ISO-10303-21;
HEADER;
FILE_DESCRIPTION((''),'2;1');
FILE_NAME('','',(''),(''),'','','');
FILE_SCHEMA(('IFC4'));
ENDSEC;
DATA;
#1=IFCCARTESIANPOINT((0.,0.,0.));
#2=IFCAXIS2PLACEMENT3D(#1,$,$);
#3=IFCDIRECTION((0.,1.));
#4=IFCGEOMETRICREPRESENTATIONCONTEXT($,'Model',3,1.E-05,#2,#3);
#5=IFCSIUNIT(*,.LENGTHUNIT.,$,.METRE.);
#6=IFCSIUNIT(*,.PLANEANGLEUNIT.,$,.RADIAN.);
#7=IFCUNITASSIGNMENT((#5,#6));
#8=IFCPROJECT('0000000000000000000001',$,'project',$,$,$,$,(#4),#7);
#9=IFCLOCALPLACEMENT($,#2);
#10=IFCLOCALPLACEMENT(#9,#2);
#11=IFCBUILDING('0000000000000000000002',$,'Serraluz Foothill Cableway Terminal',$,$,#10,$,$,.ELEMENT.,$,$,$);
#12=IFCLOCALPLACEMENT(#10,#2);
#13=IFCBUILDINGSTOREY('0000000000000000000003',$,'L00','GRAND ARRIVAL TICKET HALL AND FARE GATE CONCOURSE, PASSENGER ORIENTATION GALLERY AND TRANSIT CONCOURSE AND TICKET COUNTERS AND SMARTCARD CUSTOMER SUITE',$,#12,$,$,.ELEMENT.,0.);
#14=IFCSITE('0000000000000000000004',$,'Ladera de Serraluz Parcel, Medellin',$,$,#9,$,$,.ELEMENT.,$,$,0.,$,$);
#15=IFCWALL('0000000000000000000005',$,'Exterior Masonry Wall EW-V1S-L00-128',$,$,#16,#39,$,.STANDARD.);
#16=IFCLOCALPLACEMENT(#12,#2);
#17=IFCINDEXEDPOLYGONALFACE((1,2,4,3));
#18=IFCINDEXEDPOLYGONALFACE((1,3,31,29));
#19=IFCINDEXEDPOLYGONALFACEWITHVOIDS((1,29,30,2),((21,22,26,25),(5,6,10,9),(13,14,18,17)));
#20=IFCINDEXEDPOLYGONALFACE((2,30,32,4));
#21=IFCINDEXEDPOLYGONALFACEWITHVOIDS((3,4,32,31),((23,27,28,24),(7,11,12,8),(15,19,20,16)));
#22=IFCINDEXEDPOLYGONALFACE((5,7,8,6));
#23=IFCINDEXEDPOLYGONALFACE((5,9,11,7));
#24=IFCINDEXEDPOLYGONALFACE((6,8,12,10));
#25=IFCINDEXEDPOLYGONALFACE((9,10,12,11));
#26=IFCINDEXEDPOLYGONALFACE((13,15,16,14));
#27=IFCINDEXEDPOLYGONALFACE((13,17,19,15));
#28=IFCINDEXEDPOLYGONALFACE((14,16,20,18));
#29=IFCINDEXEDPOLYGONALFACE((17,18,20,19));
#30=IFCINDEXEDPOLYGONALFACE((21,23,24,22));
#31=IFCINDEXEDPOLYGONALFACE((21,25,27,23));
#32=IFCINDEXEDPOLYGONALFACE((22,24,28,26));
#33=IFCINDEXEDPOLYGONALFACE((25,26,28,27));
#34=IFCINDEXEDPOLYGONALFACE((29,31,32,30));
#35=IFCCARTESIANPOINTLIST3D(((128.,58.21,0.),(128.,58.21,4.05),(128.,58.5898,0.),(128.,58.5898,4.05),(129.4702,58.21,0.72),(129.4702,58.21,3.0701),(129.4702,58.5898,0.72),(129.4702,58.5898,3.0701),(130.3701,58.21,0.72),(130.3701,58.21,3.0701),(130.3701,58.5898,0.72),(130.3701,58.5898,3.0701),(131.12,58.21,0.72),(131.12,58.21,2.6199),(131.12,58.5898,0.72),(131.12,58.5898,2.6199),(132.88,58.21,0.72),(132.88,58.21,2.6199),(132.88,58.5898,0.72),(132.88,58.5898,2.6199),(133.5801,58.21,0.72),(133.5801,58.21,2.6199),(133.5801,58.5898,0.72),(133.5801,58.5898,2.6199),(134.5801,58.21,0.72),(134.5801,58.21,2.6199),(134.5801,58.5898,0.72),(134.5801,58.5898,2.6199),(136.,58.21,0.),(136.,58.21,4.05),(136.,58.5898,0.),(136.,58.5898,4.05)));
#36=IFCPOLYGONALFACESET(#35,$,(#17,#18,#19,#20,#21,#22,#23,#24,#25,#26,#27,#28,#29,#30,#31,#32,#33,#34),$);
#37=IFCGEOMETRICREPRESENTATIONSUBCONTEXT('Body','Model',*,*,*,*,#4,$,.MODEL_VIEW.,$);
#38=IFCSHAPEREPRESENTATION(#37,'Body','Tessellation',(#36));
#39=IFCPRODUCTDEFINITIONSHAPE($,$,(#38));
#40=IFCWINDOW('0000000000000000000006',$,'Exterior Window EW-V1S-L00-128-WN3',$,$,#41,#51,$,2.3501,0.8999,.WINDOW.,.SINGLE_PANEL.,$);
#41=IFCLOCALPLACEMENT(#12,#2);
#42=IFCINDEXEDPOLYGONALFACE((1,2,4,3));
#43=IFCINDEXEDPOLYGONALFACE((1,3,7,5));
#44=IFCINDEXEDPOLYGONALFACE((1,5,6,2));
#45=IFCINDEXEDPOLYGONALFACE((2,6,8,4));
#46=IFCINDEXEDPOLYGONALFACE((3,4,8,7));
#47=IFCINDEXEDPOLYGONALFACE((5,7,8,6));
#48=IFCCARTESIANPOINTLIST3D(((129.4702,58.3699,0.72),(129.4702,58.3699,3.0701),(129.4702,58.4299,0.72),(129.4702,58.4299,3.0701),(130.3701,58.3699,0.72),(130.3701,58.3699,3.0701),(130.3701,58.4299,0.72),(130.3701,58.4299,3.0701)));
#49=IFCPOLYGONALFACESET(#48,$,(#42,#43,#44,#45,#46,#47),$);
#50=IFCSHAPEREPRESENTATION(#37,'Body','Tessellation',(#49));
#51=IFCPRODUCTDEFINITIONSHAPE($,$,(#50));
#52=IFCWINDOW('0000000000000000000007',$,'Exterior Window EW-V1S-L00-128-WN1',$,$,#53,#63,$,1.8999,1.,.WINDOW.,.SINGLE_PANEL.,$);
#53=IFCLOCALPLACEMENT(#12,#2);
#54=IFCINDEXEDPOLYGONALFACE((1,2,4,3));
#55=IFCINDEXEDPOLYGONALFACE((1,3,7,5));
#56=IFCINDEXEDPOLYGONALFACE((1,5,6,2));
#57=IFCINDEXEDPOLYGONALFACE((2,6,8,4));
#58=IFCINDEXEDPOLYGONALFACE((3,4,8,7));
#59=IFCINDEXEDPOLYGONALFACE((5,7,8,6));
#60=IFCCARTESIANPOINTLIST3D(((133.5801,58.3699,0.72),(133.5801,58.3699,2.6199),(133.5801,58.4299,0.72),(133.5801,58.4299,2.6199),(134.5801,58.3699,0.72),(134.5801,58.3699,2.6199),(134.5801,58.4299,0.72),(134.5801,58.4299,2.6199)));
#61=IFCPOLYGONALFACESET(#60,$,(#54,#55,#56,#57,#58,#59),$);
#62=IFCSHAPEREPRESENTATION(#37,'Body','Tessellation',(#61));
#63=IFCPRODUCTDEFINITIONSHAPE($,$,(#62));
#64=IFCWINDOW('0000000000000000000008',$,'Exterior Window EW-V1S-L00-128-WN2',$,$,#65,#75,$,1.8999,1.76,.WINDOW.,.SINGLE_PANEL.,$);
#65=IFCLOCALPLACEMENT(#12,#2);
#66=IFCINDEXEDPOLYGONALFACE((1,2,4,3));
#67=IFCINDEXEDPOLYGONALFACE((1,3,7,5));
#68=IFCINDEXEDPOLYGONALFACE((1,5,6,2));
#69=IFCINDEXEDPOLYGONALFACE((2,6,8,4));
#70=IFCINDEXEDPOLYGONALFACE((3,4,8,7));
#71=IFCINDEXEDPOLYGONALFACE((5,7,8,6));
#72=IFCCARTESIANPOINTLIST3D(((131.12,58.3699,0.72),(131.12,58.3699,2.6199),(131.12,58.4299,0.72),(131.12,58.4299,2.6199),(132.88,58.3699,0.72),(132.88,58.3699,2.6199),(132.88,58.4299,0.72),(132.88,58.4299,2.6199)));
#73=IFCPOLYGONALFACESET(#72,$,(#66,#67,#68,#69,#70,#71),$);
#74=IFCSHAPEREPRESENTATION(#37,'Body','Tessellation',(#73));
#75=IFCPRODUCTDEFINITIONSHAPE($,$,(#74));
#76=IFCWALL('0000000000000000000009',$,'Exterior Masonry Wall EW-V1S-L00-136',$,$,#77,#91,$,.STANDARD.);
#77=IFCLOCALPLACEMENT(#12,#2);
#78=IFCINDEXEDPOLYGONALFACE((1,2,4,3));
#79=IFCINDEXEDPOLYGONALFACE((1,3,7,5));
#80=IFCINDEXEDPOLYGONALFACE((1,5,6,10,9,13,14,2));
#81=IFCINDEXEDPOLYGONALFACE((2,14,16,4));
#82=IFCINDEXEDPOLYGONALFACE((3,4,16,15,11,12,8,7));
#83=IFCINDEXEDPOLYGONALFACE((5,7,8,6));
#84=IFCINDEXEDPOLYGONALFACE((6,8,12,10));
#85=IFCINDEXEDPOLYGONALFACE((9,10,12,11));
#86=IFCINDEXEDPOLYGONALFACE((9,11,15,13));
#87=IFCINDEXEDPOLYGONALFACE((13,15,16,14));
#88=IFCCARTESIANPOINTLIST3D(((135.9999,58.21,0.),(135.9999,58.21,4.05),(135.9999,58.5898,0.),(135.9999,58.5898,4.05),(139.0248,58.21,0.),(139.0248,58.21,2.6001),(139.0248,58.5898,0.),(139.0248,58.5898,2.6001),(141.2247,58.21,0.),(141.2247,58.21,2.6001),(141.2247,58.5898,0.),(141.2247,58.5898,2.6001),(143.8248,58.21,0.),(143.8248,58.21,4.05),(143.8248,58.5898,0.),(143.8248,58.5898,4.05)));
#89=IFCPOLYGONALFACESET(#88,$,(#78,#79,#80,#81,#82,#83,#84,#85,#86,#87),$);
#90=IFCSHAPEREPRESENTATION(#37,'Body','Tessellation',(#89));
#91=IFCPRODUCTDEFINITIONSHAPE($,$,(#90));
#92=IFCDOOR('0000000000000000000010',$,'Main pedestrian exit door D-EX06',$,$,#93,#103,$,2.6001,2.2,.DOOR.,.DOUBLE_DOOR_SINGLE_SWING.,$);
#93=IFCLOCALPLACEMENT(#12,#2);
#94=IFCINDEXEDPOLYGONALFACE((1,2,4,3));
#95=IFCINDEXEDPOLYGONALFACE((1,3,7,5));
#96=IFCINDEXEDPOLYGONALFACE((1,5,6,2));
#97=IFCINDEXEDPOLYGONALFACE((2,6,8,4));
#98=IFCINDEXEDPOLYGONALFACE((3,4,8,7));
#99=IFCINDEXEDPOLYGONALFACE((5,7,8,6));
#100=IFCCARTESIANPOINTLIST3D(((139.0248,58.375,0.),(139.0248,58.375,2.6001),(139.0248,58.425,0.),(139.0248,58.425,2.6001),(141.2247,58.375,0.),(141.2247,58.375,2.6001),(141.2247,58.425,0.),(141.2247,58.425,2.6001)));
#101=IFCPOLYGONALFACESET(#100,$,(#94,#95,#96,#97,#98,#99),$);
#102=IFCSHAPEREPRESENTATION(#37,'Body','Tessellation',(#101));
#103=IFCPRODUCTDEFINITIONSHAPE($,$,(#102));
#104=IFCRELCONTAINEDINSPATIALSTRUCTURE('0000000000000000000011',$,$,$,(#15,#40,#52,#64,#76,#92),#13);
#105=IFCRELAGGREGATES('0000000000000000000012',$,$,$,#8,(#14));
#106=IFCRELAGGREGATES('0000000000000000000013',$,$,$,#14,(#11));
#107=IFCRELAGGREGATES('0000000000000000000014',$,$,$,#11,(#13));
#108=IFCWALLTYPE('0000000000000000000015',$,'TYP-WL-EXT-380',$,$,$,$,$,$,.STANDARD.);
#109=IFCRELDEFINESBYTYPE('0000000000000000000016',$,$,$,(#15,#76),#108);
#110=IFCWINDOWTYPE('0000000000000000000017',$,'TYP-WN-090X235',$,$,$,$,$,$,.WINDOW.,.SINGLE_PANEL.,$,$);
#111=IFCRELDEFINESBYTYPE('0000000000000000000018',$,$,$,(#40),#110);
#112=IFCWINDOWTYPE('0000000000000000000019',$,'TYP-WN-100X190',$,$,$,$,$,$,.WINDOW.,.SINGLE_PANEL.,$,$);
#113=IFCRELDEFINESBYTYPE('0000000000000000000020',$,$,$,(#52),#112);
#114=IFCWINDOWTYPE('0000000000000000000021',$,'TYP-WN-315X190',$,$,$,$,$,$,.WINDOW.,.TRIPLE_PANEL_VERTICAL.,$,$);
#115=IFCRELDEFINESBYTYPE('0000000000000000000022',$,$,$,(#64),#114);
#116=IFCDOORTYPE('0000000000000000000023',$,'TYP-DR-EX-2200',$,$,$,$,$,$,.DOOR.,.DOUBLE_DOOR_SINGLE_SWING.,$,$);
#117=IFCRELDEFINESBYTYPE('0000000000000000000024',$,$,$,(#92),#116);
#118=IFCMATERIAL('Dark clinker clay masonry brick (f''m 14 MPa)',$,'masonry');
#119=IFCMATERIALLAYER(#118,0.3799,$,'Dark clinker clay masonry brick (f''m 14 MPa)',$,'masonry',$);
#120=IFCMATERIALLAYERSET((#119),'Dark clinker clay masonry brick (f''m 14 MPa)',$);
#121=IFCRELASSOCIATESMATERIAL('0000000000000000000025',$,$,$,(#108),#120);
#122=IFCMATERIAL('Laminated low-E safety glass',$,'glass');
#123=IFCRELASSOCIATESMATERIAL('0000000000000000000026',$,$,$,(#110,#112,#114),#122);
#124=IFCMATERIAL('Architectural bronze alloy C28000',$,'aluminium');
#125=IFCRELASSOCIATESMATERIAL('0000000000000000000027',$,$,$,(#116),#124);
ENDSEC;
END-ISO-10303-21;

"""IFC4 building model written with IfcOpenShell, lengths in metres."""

from ifc_helpers import new_model, si_unit, direction, frame, frame_2d, origin, place, context, subcontext, project, spatial, rectangle, extrude, material, layer, layer_set, type_object, element, fill, save


model = new_model("IFC4")

# Units and contexts
model_context = context("Model", 3, precision=1e-05, world=origin(), true_north=direction((0.0, 1.0)))
body_context = subcontext(model_context, "Body", "Model", "MODEL_VIEW")
ifc_project = project(units=[si_unit("LENGTHUNIT", "METRE"), si_unit("PLANEANGLEUNIT", "RADIAN")], contexts=[model_context])

# Site, building, storey
site_placement = place(None, origin())
site = spatial("IfcSite", under=ifc_project, at=site_placement, Name="Ladera de Serraluz Parcel, Medellin", CompositionType="ELEMENT", RefElevation=0.0)
building_placement = place(site_placement, origin())
building = spatial("IfcBuilding", under=site, at=building_placement, Name="Serraluz Foothill Cableway Terminal", CompositionType="ELEMENT")
storey_placement = place(building_placement, origin())
storey = spatial("IfcBuildingStorey", under=building, at=storey_placement, Name="L00", Description="GRAND ARRIVAL TICKET HALL AND FARE GATE CONCOURSE, PASSENGER ORIENTATION GALLERY AND TRANSIT CONCOURSE AND TICKET COUNTERS AND SMARTCARD CUSTOMER SUITE", CompositionType="ELEMENT", Elevation=0.0)

# Shared definitions
ifc_material_1 = material(Name="Dark clinker clay masonry brick (f'm 14 MPa)", Category="masonry")

# Wall, openings, windows
ifc_layer_1 = layer(ifc_material_1, 0.3799, Name="Dark clinker clay masonry brick (f'm 14 MPa)", Category="masonry")
ifc_layer_set_1 = layer_set([ifc_layer_1], Name="Dark clinker clay masonry brick (f'm 14 MPa)")
wall_type_1 = type_object("IfcWallType", Name="TYP-WL-EXT-380", PredefinedType="STANDARD", material=ifc_layer_set_1)
wall_1_placement = place(storey_placement, frame((136.0, 58.3999, 0.0), z_axis=(0.0, 0.0, 1.0), x_axis=(-1.0, 0.0, 0.0)))
wall_1 = element("IfcWall", 1, at=wall_1_placement, inside=storey, type_object=wall_type_1, Name="Exterior Masonry Wall EW-V1S-L00-128", PredefinedType="STANDARD", context=body_context, shape_type="SweptSolid", body=[
    extrude(rectangle(XDim=8.0, YDim=0.3799, at=frame_2d((4.0, 0.0))), origin(), (0.0, 0.0, 1.0), 4.05),
])
opening_1_placement = place(wall_1_placement, frame((1.4199, 0.0, 0.72)))
opening_1 = element("IfcOpeningElement", 2, at=opening_1_placement, cuts=wall_1, PredefinedType="OPENING", context=body_context, shape_type="SweptSolid", body=[
    extrude(rectangle(XDim=1.0, YDim=1.8999, at=frame_2d((0.5, 0.95))), frame((0.0, 0.2, 0.0), z_axis=(0.0, -1.0, 0.0), x_axis=(1.0, 0.0, 0.0)), (0.0, 0.0, 1.0), 0.3999),
])
opening_2_placement = place(wall_1_placement, frame((3.1201, 0.0, 0.72)))
opening_2 = element("IfcOpeningElement", 3, at=opening_2_placement, cuts=wall_1, PredefinedType="OPENING", context=body_context, shape_type="SweptSolid", body=[
    extrude(rectangle(XDim=1.76, YDim=1.8999, at=frame_2d((0.8799, 0.95))), frame((0.0, 0.2, 0.0), z_axis=(0.0, -1.0, 0.0), x_axis=(1.0, 0.0, 0.0)), (0.0, 0.0, 1.0), 0.3999),
])
opening_3_placement = place(wall_1_placement, frame((5.6299, 0.0, 0.72)))
opening_3 = element("IfcOpeningElement", 4, at=opening_3_placement, cuts=wall_1, PredefinedType="OPENING", context=body_context, shape_type="SweptSolid", body=[
    extrude(rectangle(XDim=0.8999, YDim=2.3501, at=frame_2d((0.45, 1.175))), frame((0.0, 0.2, 0.0), z_axis=(0.0, -1.0, 0.0), x_axis=(1.0, 0.0, 0.0)), (0.0, 0.0, 1.0), 0.3999),
])
ifc_material_2 = material(Name="Laminated low-E safety glass", Category="glass")
window_type_1 = type_object("IfcWindowType", Name="TYP-WN-090X235", PartitioningType="SINGLE_PANEL", PredefinedType="WINDOW", material=ifc_material_2)
window_1_placement = place(opening_3_placement, origin())
window_1 = element("IfcWindow", 5, at=window_1_placement, inside=storey, type_object=window_type_1, Name="Exterior Window EW-V1S-L00-128-WN3", OverallHeight=2.3501, OverallWidth=0.8999, PartitioningType="SINGLE_PANEL", PredefinedType="WINDOW", context=body_context, shape_type="SweptSolid", body=[
    extrude(rectangle(XDim=0.8999, YDim=2.3501, at=frame_2d((0.45, 1.175))), frame((0.0, 0.03, 0.0), z_axis=(0.0, -1.0, 0.0), x_axis=(1.0, 0.0, 0.0)), (0.0, 0.0, 1.0), 0.0601),
])
fill(opening_3, window_1)
window_type_2 = type_object("IfcWindowType", Name="TYP-WN-100X190", PartitioningType="SINGLE_PANEL", PredefinedType="WINDOW", material=ifc_material_2)
window_2_placement = place(opening_1_placement, origin())
window_2 = element("IfcWindow", 6, at=window_2_placement, inside=storey, type_object=window_type_2, Name="Exterior Window EW-V1S-L00-128-WN1", OverallHeight=1.8999, OverallWidth=1.0, PartitioningType="SINGLE_PANEL", PredefinedType="WINDOW", context=body_context, shape_type="SweptSolid", body=[
    extrude(rectangle(XDim=1.0, YDim=1.8999, at=frame_2d((0.5, 0.95))), frame((0.0, 0.03, 0.0), z_axis=(0.0, -1.0, 0.0), x_axis=(1.0, 0.0, 0.0)), (0.0, 0.0, 1.0), 0.0601),
])
fill(opening_1, window_2)
window_type_3 = type_object("IfcWindowType", Name="TYP-WN-315X190", PartitioningType="TRIPLE_PANEL_VERTICAL", PredefinedType="WINDOW", material=ifc_material_2)
window_3_placement = place(opening_2_placement, origin())
window_3 = element("IfcWindow", 7, at=window_3_placement, inside=storey, type_object=window_type_3, Name="Exterior Window EW-V1S-L00-128-WN2", OverallHeight=1.8999, OverallWidth=1.76, PartitioningType="SINGLE_PANEL", PredefinedType="WINDOW", context=body_context, shape_type="SweptSolid", body=[
    extrude(rectangle(XDim=1.76, YDim=1.8999, at=frame_2d((0.8799, 0.95))), frame((0.0, 0.03, 0.0), z_axis=(0.0, -1.0, 0.0), x_axis=(1.0, 0.0, 0.0)), (0.0, 0.0, 1.0), 0.0601),
])
fill(opening_2, window_3)

# Wall, opening, door
wall_2_placement = place(storey_placement, frame((143.825, 58.3999, 0.0), z_axis=(0.0, 0.0, 1.0), x_axis=(-1.0, 0.0, 0.0)))
wall_2 = element("IfcWall", 8, at=wall_2_placement, inside=storey, type_object=wall_type_1, Name="Exterior Masonry Wall EW-V1S-L00-136", PredefinedType="STANDARD", context=body_context, shape_type="SweptSolid", body=[
    extrude(rectangle(XDim=7.825, YDim=0.3799, at=frame_2d((3.9126, 0.0))), origin(), (0.0, 0.0, 1.0), 4.05),
])
opening_4_placement = place(wall_2_placement, frame((2.6001, 0.0, 0.0)))
opening_4 = element("IfcOpeningElement", 9, at=opening_4_placement, cuts=wall_2, PredefinedType="OPENING", context=body_context, shape_type="SweptSolid", body=[
    extrude(rectangle(XDim=2.2, YDim=2.6001, at=frame_2d((1.1001, 1.3))), frame((0.0, 0.2, 0.0), z_axis=(0.0, -1.0, 0.0), x_axis=(1.0, 0.0, 0.0)), (0.0, 0.0, 1.0), 0.3999),
])
ifc_material_3 = material(Name="Architectural bronze alloy C28000", Category="aluminium")
door_type = type_object("IfcDoorType", Name="TYP-DR-EX-2200", OperationType="DOUBLE_DOOR_SINGLE_SWING", PredefinedType="DOOR", material=ifc_material_3)
door_placement = place(opening_4_placement, origin())
door = element("IfcDoor", 10, at=door_placement, inside=storey, type_object=door_type, Name="Main pedestrian exit door D-EX06", OperationType="DOUBLE_DOOR_SINGLE_SWING", OverallHeight=2.6001, OverallWidth=2.2, PredefinedType="DOOR", context=body_context, shape_type="SweptSolid", body=[
    extrude(rectangle(XDim=2.2, YDim=2.6001, at=frame_2d((1.1001, 1.3))), frame((0.0, 0.0249, 0.0), z_axis=(0.0, -1.0, 0.0), x_axis=(1.0, 0.0, 0.0)), (0.0, 0.0, 1.0), 0.05),
])
fill(opening_4, door)

save(model, "model.ifc")
